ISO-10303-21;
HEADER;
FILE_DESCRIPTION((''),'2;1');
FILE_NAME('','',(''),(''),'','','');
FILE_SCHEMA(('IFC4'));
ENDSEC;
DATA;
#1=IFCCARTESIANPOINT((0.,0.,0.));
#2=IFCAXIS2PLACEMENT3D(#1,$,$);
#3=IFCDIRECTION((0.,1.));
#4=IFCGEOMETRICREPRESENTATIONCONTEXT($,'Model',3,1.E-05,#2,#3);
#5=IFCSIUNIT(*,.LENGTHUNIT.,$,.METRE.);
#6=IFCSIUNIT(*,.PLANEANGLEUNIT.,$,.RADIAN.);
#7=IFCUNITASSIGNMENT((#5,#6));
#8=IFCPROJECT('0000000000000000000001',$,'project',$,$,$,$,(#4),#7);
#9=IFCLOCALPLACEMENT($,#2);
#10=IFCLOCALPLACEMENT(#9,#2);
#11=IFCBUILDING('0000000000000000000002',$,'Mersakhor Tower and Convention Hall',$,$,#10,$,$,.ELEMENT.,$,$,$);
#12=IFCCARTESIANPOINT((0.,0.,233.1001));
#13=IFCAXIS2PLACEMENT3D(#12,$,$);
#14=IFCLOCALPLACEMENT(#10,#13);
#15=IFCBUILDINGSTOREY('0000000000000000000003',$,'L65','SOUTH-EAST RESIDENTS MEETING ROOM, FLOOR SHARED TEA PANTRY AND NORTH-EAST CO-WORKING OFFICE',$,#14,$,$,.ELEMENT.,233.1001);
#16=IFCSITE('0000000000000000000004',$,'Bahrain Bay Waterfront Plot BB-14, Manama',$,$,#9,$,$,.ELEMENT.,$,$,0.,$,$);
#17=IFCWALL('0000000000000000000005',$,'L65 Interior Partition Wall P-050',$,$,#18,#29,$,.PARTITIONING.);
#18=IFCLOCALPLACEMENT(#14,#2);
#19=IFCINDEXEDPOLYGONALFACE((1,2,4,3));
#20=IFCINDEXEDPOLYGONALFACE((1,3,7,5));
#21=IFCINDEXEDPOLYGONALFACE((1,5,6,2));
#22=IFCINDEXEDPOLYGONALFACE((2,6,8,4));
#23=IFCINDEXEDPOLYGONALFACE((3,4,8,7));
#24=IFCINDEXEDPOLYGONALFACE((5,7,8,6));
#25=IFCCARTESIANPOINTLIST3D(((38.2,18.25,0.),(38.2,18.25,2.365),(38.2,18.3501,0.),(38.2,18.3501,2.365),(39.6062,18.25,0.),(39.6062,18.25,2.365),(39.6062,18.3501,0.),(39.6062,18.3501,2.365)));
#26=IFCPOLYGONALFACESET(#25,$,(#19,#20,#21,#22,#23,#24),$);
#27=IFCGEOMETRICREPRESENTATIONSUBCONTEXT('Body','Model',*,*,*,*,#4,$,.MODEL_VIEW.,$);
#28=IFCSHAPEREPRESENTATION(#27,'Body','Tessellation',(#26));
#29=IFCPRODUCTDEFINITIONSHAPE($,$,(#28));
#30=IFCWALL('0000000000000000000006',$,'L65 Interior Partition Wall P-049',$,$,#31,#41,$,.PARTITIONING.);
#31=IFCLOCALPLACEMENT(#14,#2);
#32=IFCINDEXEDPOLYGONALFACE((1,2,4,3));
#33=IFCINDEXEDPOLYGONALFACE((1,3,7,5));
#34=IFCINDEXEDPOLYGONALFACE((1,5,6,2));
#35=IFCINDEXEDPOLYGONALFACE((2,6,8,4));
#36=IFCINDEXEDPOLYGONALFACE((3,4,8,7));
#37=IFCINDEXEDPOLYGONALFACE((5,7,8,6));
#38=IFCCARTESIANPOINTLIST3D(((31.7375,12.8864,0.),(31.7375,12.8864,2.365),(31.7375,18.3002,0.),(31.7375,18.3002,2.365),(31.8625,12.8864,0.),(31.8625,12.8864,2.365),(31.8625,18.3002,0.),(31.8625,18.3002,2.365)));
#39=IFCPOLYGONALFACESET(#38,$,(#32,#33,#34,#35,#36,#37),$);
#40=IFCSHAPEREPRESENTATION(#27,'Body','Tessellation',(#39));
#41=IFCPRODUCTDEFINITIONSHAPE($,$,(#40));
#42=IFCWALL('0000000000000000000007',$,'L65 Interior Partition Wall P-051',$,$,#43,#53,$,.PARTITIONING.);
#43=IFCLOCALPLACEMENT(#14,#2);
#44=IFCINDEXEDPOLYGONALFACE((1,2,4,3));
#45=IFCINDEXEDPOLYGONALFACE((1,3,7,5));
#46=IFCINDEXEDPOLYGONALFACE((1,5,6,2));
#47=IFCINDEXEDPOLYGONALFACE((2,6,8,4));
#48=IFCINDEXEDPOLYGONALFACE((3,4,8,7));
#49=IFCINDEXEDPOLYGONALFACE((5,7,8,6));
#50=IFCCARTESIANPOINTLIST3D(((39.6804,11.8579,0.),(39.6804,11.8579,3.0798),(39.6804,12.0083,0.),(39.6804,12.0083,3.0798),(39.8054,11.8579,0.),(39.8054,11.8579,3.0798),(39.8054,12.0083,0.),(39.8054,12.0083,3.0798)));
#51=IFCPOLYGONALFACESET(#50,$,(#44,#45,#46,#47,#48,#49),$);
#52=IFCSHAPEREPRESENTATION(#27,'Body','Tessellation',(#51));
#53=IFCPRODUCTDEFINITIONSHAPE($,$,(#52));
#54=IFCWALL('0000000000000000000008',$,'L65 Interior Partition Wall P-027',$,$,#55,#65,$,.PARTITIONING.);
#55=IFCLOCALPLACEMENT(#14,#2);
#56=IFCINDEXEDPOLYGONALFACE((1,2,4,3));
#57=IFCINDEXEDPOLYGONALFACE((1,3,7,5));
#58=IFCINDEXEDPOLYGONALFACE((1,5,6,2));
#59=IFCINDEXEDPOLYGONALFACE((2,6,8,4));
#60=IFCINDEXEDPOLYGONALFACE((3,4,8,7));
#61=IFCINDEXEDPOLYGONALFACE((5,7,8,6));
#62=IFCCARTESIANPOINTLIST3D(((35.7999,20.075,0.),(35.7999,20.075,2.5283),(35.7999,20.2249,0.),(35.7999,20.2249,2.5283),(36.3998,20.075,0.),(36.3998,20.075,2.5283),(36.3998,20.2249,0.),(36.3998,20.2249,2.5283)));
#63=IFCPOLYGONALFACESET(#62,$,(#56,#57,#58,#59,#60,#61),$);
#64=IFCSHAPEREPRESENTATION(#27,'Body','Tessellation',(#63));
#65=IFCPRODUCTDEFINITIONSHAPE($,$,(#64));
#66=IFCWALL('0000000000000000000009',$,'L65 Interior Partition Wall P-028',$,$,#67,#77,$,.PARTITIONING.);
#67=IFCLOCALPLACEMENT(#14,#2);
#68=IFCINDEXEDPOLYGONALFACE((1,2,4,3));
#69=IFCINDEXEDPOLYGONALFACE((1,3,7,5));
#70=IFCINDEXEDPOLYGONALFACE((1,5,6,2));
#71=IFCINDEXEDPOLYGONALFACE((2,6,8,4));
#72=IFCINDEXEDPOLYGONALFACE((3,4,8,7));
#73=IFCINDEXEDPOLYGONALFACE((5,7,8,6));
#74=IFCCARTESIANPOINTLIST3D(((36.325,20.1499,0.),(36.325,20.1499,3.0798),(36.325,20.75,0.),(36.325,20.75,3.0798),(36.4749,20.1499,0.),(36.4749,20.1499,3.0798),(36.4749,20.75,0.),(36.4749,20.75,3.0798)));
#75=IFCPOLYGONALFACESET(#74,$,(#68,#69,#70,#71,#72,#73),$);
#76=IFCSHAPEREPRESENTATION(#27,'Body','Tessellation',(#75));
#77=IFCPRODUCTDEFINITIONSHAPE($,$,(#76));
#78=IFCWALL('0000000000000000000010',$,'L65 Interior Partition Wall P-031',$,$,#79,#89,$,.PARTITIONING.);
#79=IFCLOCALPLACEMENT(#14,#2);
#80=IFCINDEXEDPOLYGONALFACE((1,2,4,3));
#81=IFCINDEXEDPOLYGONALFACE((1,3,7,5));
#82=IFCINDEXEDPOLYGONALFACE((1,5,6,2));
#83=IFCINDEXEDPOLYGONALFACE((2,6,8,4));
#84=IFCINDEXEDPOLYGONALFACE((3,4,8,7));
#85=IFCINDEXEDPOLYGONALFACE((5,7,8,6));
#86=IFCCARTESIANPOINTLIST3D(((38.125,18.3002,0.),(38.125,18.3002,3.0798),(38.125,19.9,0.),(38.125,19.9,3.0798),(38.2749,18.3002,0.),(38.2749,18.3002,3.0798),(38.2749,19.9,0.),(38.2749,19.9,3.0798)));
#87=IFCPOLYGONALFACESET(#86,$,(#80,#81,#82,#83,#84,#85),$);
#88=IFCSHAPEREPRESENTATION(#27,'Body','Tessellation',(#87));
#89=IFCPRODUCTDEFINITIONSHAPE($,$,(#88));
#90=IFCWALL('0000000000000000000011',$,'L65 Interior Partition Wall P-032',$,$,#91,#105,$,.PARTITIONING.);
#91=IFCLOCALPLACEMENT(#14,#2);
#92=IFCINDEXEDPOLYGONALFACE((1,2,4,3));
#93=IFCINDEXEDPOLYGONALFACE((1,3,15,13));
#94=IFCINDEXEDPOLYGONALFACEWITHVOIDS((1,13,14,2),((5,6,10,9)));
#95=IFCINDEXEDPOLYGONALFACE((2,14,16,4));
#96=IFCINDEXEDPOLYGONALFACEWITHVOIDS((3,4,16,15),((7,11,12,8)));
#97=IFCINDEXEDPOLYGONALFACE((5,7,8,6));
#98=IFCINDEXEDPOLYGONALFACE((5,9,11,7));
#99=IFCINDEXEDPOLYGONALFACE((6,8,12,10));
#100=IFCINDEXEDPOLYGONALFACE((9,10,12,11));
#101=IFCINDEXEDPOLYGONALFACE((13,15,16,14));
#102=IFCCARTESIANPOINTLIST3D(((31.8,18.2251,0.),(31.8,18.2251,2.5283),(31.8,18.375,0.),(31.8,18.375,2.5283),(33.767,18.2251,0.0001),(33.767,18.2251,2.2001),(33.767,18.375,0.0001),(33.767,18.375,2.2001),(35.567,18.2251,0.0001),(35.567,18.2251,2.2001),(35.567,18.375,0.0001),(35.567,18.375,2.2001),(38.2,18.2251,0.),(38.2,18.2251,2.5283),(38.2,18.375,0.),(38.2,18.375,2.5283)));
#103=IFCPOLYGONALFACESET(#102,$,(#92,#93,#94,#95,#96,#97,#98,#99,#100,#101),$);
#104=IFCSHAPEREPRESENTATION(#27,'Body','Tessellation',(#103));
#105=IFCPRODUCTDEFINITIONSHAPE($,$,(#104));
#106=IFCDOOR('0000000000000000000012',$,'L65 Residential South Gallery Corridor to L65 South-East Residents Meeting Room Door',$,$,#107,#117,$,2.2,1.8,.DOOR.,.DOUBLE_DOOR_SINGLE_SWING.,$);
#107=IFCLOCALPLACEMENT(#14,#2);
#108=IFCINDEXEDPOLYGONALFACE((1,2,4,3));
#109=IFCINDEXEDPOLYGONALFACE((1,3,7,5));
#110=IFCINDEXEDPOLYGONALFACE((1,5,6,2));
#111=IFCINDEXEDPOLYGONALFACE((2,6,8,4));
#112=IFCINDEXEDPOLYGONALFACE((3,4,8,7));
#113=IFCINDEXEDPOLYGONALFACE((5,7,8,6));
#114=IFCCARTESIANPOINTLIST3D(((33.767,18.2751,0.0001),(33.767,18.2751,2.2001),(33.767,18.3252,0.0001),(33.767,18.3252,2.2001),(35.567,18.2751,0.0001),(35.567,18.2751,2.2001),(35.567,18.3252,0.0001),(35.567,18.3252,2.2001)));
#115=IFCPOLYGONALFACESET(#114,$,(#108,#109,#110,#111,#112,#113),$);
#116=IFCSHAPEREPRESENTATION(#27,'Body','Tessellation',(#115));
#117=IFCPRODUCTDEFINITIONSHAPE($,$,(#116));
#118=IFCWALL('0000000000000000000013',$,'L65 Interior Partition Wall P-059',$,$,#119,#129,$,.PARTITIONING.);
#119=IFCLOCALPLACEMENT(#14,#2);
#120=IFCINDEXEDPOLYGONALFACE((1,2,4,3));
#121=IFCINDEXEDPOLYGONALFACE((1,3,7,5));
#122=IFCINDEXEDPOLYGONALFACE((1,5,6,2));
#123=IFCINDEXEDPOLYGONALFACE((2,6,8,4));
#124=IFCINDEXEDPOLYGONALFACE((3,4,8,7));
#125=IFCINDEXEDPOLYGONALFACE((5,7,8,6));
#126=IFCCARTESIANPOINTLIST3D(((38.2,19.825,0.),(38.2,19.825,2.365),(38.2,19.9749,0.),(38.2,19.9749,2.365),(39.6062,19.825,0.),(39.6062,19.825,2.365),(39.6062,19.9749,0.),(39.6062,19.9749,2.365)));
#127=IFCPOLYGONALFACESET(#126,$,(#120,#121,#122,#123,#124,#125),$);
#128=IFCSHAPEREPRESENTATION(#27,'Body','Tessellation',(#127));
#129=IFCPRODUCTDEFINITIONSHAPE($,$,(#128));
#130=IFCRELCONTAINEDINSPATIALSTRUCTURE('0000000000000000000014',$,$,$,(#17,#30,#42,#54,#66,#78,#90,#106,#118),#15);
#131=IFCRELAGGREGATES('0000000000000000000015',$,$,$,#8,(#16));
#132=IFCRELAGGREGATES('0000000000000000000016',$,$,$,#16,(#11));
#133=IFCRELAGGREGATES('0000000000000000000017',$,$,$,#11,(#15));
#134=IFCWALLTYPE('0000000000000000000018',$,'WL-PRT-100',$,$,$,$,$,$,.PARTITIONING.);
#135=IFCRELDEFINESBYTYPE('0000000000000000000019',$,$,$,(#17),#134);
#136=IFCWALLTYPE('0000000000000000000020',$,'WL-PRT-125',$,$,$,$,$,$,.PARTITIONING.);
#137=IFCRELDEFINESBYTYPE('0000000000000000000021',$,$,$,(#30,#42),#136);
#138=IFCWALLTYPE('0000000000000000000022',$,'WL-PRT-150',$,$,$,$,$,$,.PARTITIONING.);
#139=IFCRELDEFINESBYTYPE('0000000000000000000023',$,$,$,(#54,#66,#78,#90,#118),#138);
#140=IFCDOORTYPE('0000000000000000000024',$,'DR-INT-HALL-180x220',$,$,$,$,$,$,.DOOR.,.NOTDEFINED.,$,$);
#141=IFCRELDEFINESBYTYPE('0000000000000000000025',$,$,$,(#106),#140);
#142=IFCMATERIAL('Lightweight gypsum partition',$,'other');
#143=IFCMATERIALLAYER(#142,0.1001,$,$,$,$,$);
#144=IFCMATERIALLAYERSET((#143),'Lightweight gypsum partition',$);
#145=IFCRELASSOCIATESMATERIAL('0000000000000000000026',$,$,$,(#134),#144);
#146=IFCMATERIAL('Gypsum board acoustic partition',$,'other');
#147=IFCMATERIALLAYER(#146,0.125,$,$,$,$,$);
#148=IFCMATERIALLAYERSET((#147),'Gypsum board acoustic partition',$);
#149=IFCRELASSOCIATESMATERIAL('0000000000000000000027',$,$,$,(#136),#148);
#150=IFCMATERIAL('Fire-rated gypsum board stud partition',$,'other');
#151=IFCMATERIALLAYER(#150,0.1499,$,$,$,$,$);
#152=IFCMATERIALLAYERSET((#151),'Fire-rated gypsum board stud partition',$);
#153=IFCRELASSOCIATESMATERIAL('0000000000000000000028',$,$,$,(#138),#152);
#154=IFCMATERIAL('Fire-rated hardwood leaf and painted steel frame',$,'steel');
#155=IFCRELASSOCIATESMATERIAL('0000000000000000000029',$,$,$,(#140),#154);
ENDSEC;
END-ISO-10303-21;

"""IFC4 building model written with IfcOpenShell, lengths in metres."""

from ifc_helpers import new_model, si_unit, direction, frame, frame_2d, origin, place, context, subcontext, project, spatial, rectangle, extrude, material, layer, layer_set, type_object, element, fill, save


model = new_model("IFC4")

# Units and contexts
model_context = context("Model", 3, precision=1e-05, world=origin(), true_north=direction((0.0, 1.0)))
body_context = subcontext(model_context, "Body", "Model", "MODEL_VIEW")
ifc_project = project(units=[si_unit("LENGTHUNIT", "METRE"), si_unit("PLANEANGLEUNIT", "RADIAN")], contexts=[model_context])

# Site, building, storey
site_placement = place(None, origin())
site = spatial("IfcSite", under=ifc_project, at=site_placement, Name="Bahrain Bay Waterfront Plot BB-14, Manama", CompositionType="ELEMENT", RefElevation=0.0)
building_placement = place(site_placement, origin())
building = spatial("IfcBuilding", under=site, at=building_placement, Name="Mersakhor Tower and Convention Hall", CompositionType="ELEMENT")
storey_placement = place(building_placement, frame((0.0, 0.0, 233.1001)))
storey = spatial("IfcBuildingStorey", under=building, at=storey_placement, Name="L65", Description="SOUTH-EAST RESIDENTS MEETING ROOM, FLOOR SHARED TEA PANTRY AND NORTH-EAST CO-WORKING OFFICE", CompositionType="ELEMENT", Elevation=233.1001)

# Walls
ifc_material_1 = material(Name="Lightweight gypsum partition", Category="other")
ifc_layer_1 = layer(ifc_material_1, 0.1001)
ifc_layer_set_1 = layer_set([ifc_layer_1], Name="Lightweight gypsum partition")
wall_type_1 = type_object("IfcWallType", Name="WL-PRT-100", PredefinedType="PARTITIONING", material=ifc_layer_set_1)
wall_1_placement = place(storey_placement, frame((38.2, 18.3, 0.0), z_axis=(0.0, 0.0, 1.0), x_axis=(1.0, 0.0, 0.0)))
element("IfcWall", 1, at=wall_1_placement, inside=storey, type_object=wall_type_1, Name="L65 Interior Partition Wall P-050", PredefinedType="PARTITIONING", context=body_context, shape_type="SweptSolid", body=[
    extrude(rectangle(XDim=1.4062, YDim=0.1001, at=frame_2d((0.7031, 0.0))), origin(), (0.0, 0.0, 1.0), 2.365),
])
ifc_material_2 = material(Name="Gypsum board acoustic partition", Category="other")
ifc_layer_2 = layer(ifc_material_2, 0.125)
ifc_layer_set_2 = layer_set([ifc_layer_2], Name="Gypsum board acoustic partition")
wall_type_2 = type_object("IfcWallType", Name="WL-PRT-125", PredefinedType="PARTITIONING", material=ifc_layer_set_2)
wall_2_placement = place(storey_placement, frame((31.8, 12.8862, 0.0), z_axis=(0.0, 0.0, 1.0), x_axis=(0.0, 1.0, 0.0)))
element("IfcWall", 2, at=wall_2_placement, inside=storey, type_object=wall_type_2, Name="L65 Interior Partition Wall P-049", PredefinedType="PARTITIONING", context=body_context, shape_type="SweptSolid", body=[
    extrude(rectangle(XDim=5.4138, YDim=0.125, at=frame_2d((2.707, 0.0))), origin(), (0.0, 0.0, 1.0), 2.365),
])
wall_3_placement = place(storey_placement, frame((39.7429, 12.0083, 0.0), z_axis=(0.0, 0.0, 1.0), x_axis=(0.0, -1.0, 0.0)))
element("IfcWall", 3, at=wall_3_placement, inside=storey, type_object=wall_type_2, Name="L65 Interior Partition Wall P-051", PredefinedType="PARTITIONING", context=body_context, shape_type="SweptSolid", body=[
    extrude(rectangle(XDim=0.1504, YDim=0.125, at=frame_2d((0.0752, 0.0))), origin(), (0.0, 0.0, 1.0), 3.0798),
])
ifc_material_3 = material(Name="Fire-rated gypsum board stud partition", Category="other")
ifc_layer_3 = layer(ifc_material_3, 0.1499)
ifc_layer_set_3 = layer_set([ifc_layer_3], Name="Fire-rated gypsum board stud partition")
wall_type_3 = type_object("IfcWallType", Name="WL-PRT-150", PredefinedType="PARTITIONING", material=ifc_layer_set_3)
wall_4_placement = place(storey_placement, frame((35.8, 20.1499, 0.0), z_axis=(0.0, 0.0, 1.0), x_axis=(1.0, 0.0, 0.0)))
element("IfcWall", 4, at=wall_4_placement, inside=storey, type_object=wall_type_3, Name="L65 Interior Partition Wall P-027", PredefinedType="PARTITIONING", context=body_context, shape_type="SweptSolid", body=[
    extrude(rectangle(XDim=0.5999, YDim=0.1499, at=frame_2d((0.2998, 0.0))), origin(), (0.0, 0.0, 1.0), 2.5283),
])
wall_5_placement = place(storey_placement, frame((36.3999, 20.1499, 0.0), z_axis=(0.0, 0.0, 1.0), x_axis=(0.0, 1.0, 0.0)))
element("IfcWall", 5, at=wall_5_placement, inside=storey, type_object=wall_type_3, Name="L65 Interior Partition Wall P-028", PredefinedType="PARTITIONING", context=body_context, shape_type="SweptSolid", body=[
    extrude(rectangle(XDim=0.6001, YDim=0.1499, at=frame_2d((0.3, 0.0))), origin(), (0.0, 0.0, 1.0), 3.0798),
])
wall_6_placement = place(storey_placement, frame((38.2, 19.8999, 0.0), z_axis=(0.0, 0.0, 1.0), x_axis=(0.0, -1.0, 0.0)))
element("IfcWall", 6, at=wall_6_placement, inside=storey, type_object=wall_type_3, Name="L65 Interior Partition Wall P-031", PredefinedType="PARTITIONING", context=body_context, shape_type="SweptSolid", body=[
    extrude(rectangle(XDim=1.5999, YDim=0.1499, at=frame_2d((0.7998, 0.0))), origin(), (0.0, 0.0, 1.0), 3.0798),
])

# Wall, opening, door
wall_7_placement = place(storey_placement, frame((38.2, 18.3, 0.0), z_axis=(0.0, 0.0, 1.0), x_axis=(-1.0, 0.0, 0.0)))
wall_7 = element("IfcWall", 7, at=wall_7_placement, inside=storey, type_object=wall_type_3, Name="L65 Interior Partition Wall P-032", PredefinedType="PARTITIONING", context=body_context, shape_type="SweptSolid", body=[
    extrude(rectangle(XDim=6.3999, YDim=0.1499, at=frame_2d((3.2, 0.0))), origin(), (0.0, 0.0, 1.0), 2.5283),
])
opening_1_placement = place(wall_7_placement, frame((2.6331, 0.0, 0.0)))
opening_1 = element("IfcOpeningElement", 8, at=opening_1_placement, cuts=wall_7, PredefinedType="OPENING", context=body_context, shape_type="SweptSolid", body=[
    extrude(rectangle(XDim=1.8, YDim=2.2, at=frame_2d((0.8999, 1.1001))), frame((0.0, 0.085, 0.0), z_axis=(0.0, -1.0, 0.0), x_axis=(1.0, 0.0, 0.0)), (0.0, 0.0, 1.0), 0.1699),
])
ifc_material_4 = material(Name="Fire-rated hardwood leaf and painted steel frame", Category="steel")
door_type_1 = type_object("IfcDoorType", Name="DR-INT-HALL-180x220", OperationType="NOTDEFINED", PredefinedType="DOOR", material=ifc_material_4)
door_1_placement = place(opening_1_placement, origin())
door_1 = element("IfcDoor", 9, at=door_1_placement, inside=storey, type_object=door_type_1, Name="L65 Residential South Gallery Corridor to L65 South-East Residents Meeting Room Door", OperationType="DOUBLE_DOOR_SINGLE_SWING", OverallHeight=2.2, OverallWidth=1.8, PredefinedType="DOOR", context=body_context, shape_type="SweptSolid", body=[
    extrude(rectangle(XDim=1.8, YDim=2.2, at=frame_2d((0.8999, 1.1001))), frame((0.0, 0.0249, 0.0), z_axis=(0.0, -1.0, 0.0), x_axis=(1.0, 0.0, 0.0)), (0.0, 0.0, 1.0), 0.05),
])
fill(opening_1, door_1)

# Wall
wall_8_placement = place(storey_placement, frame((39.6062, 19.8999, 0.0), z_axis=(0.0, 0.0, 1.0), x_axis=(-1.0, 0.0, 0.0)))
element("IfcWall", 10, at=wall_8_placement, inside=storey, type_object=wall_type_3, Name="L65 Interior Partition Wall P-059", PredefinedType="PARTITIONING", context=body_context, shape_type="SweptSolid", body=[
    extrude(rectangle(XDim=1.4062, YDim=0.1499, at=frame_2d((0.7031, 0.0))), origin(), (0.0, 0.0, 1.0), 2.365),
])

save(model, "model.ifc")
